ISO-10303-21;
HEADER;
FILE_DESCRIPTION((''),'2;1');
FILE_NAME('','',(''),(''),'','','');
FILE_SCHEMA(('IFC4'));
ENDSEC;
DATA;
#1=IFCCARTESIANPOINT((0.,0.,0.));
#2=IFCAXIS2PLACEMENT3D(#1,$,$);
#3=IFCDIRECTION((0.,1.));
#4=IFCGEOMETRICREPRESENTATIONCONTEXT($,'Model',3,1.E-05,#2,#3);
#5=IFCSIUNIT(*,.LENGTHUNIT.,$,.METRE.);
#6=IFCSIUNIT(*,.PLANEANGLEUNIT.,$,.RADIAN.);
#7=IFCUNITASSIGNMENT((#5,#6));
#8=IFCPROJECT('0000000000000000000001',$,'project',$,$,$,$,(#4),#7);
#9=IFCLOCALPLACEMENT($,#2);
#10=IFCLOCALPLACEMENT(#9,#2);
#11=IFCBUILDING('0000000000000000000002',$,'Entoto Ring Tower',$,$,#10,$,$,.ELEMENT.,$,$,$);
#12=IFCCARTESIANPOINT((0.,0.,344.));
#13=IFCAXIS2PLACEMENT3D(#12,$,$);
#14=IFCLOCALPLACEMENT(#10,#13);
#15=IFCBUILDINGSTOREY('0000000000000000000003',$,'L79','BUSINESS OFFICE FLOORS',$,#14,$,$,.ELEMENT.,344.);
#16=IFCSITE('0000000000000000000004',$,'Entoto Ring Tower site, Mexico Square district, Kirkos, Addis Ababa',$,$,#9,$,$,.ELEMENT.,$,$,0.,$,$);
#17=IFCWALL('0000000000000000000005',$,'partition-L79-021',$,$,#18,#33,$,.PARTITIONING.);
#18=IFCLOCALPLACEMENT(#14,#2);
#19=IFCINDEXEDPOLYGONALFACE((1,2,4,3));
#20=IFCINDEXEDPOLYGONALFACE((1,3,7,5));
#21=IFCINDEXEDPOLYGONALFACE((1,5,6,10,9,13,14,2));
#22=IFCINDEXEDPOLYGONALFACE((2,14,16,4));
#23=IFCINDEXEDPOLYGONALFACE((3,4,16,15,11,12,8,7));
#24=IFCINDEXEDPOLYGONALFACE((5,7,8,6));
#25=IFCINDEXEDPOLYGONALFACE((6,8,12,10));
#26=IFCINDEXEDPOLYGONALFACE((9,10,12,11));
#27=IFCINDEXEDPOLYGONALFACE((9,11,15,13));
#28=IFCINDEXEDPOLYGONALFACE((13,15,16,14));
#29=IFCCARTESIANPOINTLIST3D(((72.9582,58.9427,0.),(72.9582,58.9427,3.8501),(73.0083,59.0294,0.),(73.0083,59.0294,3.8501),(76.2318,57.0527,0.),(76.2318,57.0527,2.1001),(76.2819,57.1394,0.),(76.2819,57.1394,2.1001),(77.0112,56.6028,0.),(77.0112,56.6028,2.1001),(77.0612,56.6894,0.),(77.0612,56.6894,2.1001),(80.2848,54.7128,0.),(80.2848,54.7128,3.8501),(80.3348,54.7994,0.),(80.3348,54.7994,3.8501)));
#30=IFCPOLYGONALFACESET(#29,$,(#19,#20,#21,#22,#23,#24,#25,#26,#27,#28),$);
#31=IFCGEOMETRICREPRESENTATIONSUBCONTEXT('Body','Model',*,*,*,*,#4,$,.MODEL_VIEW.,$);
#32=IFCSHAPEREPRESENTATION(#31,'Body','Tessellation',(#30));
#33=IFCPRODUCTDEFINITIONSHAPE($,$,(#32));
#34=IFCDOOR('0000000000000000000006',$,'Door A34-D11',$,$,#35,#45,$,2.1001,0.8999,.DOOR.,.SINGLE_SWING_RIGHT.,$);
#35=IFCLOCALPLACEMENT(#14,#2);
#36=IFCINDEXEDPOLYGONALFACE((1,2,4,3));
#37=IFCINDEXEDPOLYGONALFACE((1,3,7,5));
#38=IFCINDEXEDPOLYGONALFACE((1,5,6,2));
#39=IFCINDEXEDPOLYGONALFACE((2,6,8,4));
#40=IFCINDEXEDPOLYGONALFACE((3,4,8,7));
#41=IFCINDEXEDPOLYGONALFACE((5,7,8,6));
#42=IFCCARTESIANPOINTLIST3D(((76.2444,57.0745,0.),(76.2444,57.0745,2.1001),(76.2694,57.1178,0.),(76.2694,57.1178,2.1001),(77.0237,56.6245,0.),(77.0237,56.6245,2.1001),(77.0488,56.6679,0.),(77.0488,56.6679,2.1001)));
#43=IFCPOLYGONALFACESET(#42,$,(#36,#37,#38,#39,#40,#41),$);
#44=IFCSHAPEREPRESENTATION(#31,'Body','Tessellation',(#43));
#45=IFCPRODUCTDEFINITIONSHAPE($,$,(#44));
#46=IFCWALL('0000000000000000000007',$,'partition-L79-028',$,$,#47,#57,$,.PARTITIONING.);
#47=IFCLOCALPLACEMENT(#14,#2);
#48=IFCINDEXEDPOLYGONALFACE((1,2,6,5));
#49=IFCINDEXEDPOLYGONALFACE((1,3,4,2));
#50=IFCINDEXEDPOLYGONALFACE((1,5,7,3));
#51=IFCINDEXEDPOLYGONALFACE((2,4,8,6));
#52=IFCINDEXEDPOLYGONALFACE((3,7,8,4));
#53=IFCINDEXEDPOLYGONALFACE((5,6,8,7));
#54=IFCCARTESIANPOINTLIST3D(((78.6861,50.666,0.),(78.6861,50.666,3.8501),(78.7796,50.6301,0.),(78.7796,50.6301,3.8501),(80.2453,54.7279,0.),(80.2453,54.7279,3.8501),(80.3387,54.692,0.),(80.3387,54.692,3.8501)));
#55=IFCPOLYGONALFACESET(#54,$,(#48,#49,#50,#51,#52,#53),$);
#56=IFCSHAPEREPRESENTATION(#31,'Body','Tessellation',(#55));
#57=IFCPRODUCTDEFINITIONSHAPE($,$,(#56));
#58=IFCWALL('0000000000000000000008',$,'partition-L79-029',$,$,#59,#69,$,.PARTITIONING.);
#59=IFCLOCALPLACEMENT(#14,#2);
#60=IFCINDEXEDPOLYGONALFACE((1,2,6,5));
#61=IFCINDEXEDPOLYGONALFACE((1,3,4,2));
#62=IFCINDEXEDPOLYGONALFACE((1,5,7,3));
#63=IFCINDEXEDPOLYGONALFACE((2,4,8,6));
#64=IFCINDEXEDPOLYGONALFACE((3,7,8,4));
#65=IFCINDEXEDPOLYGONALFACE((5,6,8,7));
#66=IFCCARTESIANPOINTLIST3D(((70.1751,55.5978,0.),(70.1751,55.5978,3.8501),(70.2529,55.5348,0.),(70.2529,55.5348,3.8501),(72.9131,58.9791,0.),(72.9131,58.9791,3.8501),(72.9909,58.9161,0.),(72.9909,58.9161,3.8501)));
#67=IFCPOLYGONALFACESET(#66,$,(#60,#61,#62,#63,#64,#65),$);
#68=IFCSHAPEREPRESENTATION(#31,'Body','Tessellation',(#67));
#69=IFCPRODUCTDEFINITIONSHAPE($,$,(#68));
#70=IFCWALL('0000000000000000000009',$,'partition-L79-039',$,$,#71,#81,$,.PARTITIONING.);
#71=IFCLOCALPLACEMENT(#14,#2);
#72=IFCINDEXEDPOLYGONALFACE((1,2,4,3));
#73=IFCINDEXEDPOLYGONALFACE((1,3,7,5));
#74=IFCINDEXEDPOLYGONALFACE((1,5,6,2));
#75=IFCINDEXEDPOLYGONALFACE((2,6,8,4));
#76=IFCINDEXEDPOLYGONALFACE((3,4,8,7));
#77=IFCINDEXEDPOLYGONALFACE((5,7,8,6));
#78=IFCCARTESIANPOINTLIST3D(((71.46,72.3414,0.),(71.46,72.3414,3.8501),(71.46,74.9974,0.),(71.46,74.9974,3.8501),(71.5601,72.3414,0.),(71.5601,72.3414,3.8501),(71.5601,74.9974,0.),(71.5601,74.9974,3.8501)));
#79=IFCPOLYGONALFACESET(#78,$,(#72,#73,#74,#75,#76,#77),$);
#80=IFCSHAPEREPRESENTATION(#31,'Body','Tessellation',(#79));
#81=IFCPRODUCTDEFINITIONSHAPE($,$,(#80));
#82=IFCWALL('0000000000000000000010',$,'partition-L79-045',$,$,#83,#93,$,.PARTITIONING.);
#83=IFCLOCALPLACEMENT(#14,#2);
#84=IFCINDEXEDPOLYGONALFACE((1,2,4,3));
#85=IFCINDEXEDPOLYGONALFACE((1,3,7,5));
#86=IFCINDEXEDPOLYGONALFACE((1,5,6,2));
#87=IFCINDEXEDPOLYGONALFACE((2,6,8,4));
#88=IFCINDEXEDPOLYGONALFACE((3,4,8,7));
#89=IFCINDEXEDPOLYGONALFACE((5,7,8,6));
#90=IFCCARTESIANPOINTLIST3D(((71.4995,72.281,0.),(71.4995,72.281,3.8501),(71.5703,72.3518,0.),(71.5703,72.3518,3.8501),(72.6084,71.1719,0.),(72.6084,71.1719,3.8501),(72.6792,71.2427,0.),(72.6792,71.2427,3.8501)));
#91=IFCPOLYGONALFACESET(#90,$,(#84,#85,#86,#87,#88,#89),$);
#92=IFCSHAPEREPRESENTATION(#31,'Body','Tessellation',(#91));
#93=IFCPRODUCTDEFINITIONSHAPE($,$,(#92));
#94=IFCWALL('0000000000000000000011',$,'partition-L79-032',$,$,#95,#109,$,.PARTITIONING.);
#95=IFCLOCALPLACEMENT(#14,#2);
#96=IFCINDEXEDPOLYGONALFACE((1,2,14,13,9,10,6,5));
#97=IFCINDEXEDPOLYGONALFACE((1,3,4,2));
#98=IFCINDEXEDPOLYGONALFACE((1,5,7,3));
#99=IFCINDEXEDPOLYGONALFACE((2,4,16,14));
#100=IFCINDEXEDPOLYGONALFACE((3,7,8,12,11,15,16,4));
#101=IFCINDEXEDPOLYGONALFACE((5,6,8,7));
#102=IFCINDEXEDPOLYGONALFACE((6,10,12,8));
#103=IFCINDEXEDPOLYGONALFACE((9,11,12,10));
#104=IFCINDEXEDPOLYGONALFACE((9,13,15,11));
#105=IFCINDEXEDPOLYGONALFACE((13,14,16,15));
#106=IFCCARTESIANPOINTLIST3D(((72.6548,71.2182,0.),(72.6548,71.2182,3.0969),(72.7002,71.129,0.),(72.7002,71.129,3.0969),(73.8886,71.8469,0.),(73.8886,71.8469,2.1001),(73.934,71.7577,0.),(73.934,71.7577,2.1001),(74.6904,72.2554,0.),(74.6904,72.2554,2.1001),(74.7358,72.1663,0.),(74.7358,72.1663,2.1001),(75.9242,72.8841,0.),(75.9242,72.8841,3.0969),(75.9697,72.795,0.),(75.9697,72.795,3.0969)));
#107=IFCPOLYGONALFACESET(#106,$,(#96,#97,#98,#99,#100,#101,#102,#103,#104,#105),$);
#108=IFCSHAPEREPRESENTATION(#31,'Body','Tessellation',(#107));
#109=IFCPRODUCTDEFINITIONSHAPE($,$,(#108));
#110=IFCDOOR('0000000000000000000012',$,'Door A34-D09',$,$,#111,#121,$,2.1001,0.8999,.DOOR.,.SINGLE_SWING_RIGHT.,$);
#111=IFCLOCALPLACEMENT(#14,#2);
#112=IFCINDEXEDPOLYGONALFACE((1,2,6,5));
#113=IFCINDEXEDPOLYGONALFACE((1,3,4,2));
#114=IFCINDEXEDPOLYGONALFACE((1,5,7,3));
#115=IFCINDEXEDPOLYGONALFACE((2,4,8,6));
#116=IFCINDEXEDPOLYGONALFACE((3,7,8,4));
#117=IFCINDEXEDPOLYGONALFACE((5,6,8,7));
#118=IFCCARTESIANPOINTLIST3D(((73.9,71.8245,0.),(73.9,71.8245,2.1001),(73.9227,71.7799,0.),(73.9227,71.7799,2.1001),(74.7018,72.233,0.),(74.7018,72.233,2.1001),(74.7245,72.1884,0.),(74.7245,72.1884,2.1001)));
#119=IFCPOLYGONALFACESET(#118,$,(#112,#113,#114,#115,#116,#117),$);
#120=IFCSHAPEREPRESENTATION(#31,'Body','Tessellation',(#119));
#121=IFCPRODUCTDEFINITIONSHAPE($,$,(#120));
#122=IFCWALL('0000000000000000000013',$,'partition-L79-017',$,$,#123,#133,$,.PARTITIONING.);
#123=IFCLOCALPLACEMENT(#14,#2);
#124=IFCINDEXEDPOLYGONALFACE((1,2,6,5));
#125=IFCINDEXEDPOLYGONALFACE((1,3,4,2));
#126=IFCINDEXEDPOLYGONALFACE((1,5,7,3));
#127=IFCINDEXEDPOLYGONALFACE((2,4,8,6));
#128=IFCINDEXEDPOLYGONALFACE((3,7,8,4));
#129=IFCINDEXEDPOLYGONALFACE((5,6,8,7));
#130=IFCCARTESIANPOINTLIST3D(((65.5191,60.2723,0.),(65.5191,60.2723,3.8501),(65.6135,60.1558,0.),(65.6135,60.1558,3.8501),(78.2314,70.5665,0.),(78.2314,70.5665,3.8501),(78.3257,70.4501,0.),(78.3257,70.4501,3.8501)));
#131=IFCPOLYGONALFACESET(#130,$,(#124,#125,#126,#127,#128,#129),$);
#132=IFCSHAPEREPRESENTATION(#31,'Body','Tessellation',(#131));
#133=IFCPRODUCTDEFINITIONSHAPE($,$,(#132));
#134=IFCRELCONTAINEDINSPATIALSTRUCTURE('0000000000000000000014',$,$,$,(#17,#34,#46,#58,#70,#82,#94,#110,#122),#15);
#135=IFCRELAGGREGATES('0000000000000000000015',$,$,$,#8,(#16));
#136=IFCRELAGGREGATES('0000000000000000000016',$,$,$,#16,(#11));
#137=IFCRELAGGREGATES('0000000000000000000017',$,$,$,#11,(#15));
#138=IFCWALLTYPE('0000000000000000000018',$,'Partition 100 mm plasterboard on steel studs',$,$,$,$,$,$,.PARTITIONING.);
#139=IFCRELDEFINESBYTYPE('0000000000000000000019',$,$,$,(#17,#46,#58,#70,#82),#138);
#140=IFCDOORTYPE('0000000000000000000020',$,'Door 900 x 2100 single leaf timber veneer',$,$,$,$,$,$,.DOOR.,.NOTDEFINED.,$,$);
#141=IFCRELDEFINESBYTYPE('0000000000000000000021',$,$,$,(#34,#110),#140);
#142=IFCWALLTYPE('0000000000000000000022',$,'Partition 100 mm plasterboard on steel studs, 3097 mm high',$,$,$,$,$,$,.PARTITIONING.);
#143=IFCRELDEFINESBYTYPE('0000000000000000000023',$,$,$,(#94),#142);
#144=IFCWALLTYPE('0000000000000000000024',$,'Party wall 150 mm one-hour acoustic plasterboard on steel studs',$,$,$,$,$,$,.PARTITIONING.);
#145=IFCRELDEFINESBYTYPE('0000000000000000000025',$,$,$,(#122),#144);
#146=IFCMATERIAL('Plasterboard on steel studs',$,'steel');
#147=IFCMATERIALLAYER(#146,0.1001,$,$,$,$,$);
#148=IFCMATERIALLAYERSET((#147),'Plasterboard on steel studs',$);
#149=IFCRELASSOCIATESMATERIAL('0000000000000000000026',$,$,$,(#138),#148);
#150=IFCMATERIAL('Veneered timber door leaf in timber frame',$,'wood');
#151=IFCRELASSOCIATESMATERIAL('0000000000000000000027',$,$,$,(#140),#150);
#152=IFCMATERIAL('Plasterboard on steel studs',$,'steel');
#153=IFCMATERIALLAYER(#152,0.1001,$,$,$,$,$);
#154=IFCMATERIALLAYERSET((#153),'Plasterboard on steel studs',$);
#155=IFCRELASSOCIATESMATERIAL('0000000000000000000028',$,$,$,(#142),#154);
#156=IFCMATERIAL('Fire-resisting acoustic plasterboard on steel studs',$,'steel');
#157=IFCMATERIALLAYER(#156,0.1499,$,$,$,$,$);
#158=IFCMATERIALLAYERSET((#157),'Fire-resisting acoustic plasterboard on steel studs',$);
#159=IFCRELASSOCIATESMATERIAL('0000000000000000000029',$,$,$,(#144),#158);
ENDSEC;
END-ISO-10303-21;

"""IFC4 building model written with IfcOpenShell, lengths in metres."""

from ifc_helpers import new_model, si_unit, direction, frame, frame_2d, origin, place, context, subcontext, project, spatial, rectangle, extrude, material, layer, layer_set, type_object, element, fill, save


model = new_model("IFC4")

# Units and contexts
model_context = context("Model", 3, precision=1e-05, world=origin(), true_north=direction((0.0, 1.0)))
body_context = subcontext(model_context, "Body", "Model", "MODEL_VIEW")
ifc_project = project(units=[si_unit("LENGTHUNIT", "METRE"), si_unit("PLANEANGLEUNIT", "RADIAN")], contexts=[model_context])

# Site, building, storey
site_placement = place(None, origin())
site = spatial("IfcSite", under=ifc_project, at=site_placement, Name="Entoto Ring Tower site, Mexico Square district, Kirkos, Addis Ababa", CompositionType="ELEMENT", RefElevation=0.0)
building_placement = place(site_placement, origin())
building = spatial("IfcBuilding", under=site, at=building_placement, Name="Entoto Ring Tower", CompositionType="ELEMENT")
storey_placement = place(building_placement, frame((0.0, 0.0, 344.0)))
storey = spatial("IfcBuildingStorey", under=building, at=storey_placement, Name="L79", Description="BUSINESS OFFICE FLOORS", CompositionType="ELEMENT", Elevation=344.0)

# Wall, opening, door
ifc_material_1 = material(Name="Plasterboard on steel studs", Category="steel")
ifc_layer_1 = layer(ifc_material_1, 0.1001)
ifc_layer_set_1 = layer_set([ifc_layer_1], Name="Plasterboard on steel studs")
wall_type_1 = type_object("IfcWallType", Name="Partition 100 mm plasterboard on steel studs", PredefinedType="PARTITIONING", material=ifc_layer_set_1)
wall_1_placement = place(storey_placement, frame((80.3098, 54.7561, 0.0), z_axis=(0.0, 0.0, 1.0), x_axis=(-0.866029, 0.499994, 0.0)))
wall_1 = element("IfcWall", 1, at=wall_1_placement, inside=storey, type_object=wall_type_1, Name="partition-L79-021", PredefinedType="PARTITIONING", context=body_context, shape_type="SweptSolid", body=[
    extrude(rectangle(XDim=8.46, YDim=0.1001, at=frame_2d((4.23, 0.0))), origin(), (0.0, 0.0, 1.0), 3.8501),
])
opening_1_placement = place(wall_1_placement, frame((3.78, 0.0, 0.0)))
opening_1 = element("IfcOpeningElement", 2, at=opening_1_placement, cuts=wall_1, PredefinedType="OPENING", context=body_context, shape_type="SweptSolid", body=[
    extrude(rectangle(XDim=0.8999, YDim=2.1001, at=frame_2d((0.45, 1.05))), frame((0.0, 0.0601, 0.0), z_axis=(0.0, -1.0, 0.0), x_axis=(1.0, 0.0, 0.0)), (0.0, 0.0, 1.0), 0.1201),
])
ifc_material_2 = material(Name="Veneered timber door leaf in timber frame", Category="wood")
door_type_1 = type_object("IfcDoorType", Name="Door 900 x 2100 single leaf timber veneer", OperationType="NOTDEFINED", PredefinedType="DOOR", material=ifc_material_2)
door_1_placement = place(opening_1_placement, origin())
door_1 = element("IfcDoor", 3, at=door_1_placement, inside=storey, type_object=door_type_1, Name="Door A34-D11", OperationType="SINGLE_SWING_RIGHT", OverallHeight=2.1001, OverallWidth=0.8999, PredefinedType="DOOR", context=body_context, shape_type="SweptSolid", body=[
    extrude(rectangle(XDim=0.8999, YDim=2.1001, at=frame_2d((0.45, 1.05))), frame((0.0, 0.0249, 0.0), z_axis=(0.0, -1.0, 0.0), x_axis=(1.0, 0.0, 0.0)), (0.0, 0.0, 1.0), 0.05),
])
fill(opening_1, door_1)

# Walls
for number, where, z_axis, x_axis, name in (
    (4, (78.7329, 50.6482, 0.0), (0.0, 0.0, 1.0), (0.358351, 0.933587, 0.0), "partition-L79-028"),
    (5, (70.2141, 55.5664, 0.0), (0.0, 0.0, 1.0), (0.629303, 0.77716, 0.0), "partition-L79-029"),
):
    element("IfcWall", number, at=place(storey_placement, frame(where, z_axis=z_axis, x_axis=x_axis)), inside=storey, type_object=wall_type_1, Name=name, PredefinedType="PARTITIONING", context=body_context, shape_type="SweptSolid", body=[
        extrude(rectangle(XDim=4.3508, YDim=0.1001, at=frame_2d((2.1753, 0.0))), origin(), (0.0, 0.0, 1.0), 3.8501),
    ])
wall_2_placement = place(storey_placement, frame((71.51, 72.3413, 0.0), z_axis=(0.0, 0.0, 1.0), x_axis=(0.0, 1.0, 0.0)))
element("IfcWall", 6, at=wall_2_placement, inside=storey, type_object=wall_type_1, Name="partition-L79-039", PredefinedType="PARTITIONING", context=body_context, shape_type="SweptSolid", body=[
    extrude(rectangle(XDim=2.656, YDim=0.1001, at=frame_2d((1.3281, 0.0))), origin(), (0.0, 0.0, 1.0), 3.8501),
])
wall_3_placement = place(storey_placement, frame((72.6438, 71.2073, 0.0), z_axis=(0.0, 0.0, 1.0), x_axis=(-0.707029, 0.707185, 0.0)))
element("IfcWall", 7, at=wall_3_placement, inside=storey, type_object=wall_type_1, Name="partition-L79-045", PredefinedType="PARTITIONING", context=body_context, shape_type="SweptSolid", body=[
    extrude(rectangle(XDim=1.5684, YDim=0.1001, at=frame_2d((0.7842, 0.0))), origin(), (0.0, 0.0, 1.0), 3.8501),
])

# Wall, opening, door
ifc_material_3 = material(Name="Plasterboard on steel studs", Category="steel")
ifc_layer_2 = layer(ifc_material_3, 0.1001)
ifc_layer_set_2 = layer_set([ifc_layer_2], Name="Plasterboard on steel studs")
wall_type_2 = type_object("IfcWallType", Name="Partition 100 mm plasterboard on steel studs, 3097 mm high", PredefinedType="PARTITIONING", material=ifc_layer_set_2)
wall_4_placement = place(storey_placement, frame((72.6775, 71.1736, 0.0), z_axis=(0.0, 0.0, 1.0), x_axis=(0.890995, 0.454013, 0.0)))
wall_4 = element("IfcWall", 8, at=wall_4_placement, inside=storey, type_object=wall_type_2, Name="partition-L79-032", PredefinedType="PARTITIONING", context=body_context, shape_type="SweptSolid", body=[
    extrude(rectangle(XDim=3.6694, YDim=0.1001, at=frame_2d((1.8347, 0.0))), origin(), (0.0, 0.0, 1.0), 3.0969),
])
opening_2_placement = place(wall_4_placement, frame((1.3848, 0.0, 0.0)))
opening_2 = element("IfcOpeningElement", 9, at=opening_2_placement, cuts=wall_4, PredefinedType="OPENING", context=body_context, shape_type="SweptSolid", body=[
    extrude(rectangle(XDim=0.8999, YDim=2.1001, at=frame_2d((0.45, 1.05))), frame((0.0, 0.0601, 0.0), z_axis=(0.0, -1.0, 0.0), x_axis=(1.0, 0.0, 0.0)), (0.0, 0.0, 1.0), 0.1201),
])
door_2_placement = place(opening_2_placement, origin())
door_2 = element("IfcDoor", 10, at=door_2_placement, inside=storey, type_object=door_type_1, Name="Door A34-D09", OperationType="SINGLE_SWING_RIGHT", OverallHeight=2.1001, OverallWidth=0.8999, PredefinedType="DOOR", context=body_context, shape_type="SweptSolid", body=[
    extrude(rectangle(XDim=0.8999, YDim=2.1001, at=frame_2d((0.45, 1.05))), frame((0.0, 0.0249, 0.0), z_axis=(0.0, -1.0, 0.0), x_axis=(1.0, 0.0, 0.0)), (0.0, 0.0, 1.0), 0.05),
])
fill(opening_2, door_2)

# Wall
ifc_material_4 = material(Name="Fire-resisting acoustic plasterboard on steel studs", Category="steel")
ifc_layer_3 = layer(ifc_material_4, 0.1499)
ifc_layer_set_3 = layer_set([ifc_layer_3], Name="Fire-resisting acoustic plasterboard on steel studs")
wall_type_3 = type_object("IfcWallType", Name="Party wall 150 mm one-hour acoustic plasterboard on steel studs", PredefinedType="PARTITIONING", material=ifc_layer_set_3)
wall_5_placement = place(storey_placement, frame((65.5664, 60.2141, 0.0), z_axis=(0.0, 0.0, 1.0), x_axis=(0.777143, 0.629324, 0.0)))
element("IfcWall", 11, at=wall_5_placement, inside=storey, type_object=wall_type_3, Name="partition-L79-017", PredefinedType="PARTITIONING", context=body_context, shape_type="SweptSolid", body=[
    extrude(rectangle(XDim=16.3577, YDim=0.1499, at=frame_2d((8.1787, 0.0))), origin(), (0.0, 0.0, 1.0), 3.8501),
])

save(model, "model.ifc")
